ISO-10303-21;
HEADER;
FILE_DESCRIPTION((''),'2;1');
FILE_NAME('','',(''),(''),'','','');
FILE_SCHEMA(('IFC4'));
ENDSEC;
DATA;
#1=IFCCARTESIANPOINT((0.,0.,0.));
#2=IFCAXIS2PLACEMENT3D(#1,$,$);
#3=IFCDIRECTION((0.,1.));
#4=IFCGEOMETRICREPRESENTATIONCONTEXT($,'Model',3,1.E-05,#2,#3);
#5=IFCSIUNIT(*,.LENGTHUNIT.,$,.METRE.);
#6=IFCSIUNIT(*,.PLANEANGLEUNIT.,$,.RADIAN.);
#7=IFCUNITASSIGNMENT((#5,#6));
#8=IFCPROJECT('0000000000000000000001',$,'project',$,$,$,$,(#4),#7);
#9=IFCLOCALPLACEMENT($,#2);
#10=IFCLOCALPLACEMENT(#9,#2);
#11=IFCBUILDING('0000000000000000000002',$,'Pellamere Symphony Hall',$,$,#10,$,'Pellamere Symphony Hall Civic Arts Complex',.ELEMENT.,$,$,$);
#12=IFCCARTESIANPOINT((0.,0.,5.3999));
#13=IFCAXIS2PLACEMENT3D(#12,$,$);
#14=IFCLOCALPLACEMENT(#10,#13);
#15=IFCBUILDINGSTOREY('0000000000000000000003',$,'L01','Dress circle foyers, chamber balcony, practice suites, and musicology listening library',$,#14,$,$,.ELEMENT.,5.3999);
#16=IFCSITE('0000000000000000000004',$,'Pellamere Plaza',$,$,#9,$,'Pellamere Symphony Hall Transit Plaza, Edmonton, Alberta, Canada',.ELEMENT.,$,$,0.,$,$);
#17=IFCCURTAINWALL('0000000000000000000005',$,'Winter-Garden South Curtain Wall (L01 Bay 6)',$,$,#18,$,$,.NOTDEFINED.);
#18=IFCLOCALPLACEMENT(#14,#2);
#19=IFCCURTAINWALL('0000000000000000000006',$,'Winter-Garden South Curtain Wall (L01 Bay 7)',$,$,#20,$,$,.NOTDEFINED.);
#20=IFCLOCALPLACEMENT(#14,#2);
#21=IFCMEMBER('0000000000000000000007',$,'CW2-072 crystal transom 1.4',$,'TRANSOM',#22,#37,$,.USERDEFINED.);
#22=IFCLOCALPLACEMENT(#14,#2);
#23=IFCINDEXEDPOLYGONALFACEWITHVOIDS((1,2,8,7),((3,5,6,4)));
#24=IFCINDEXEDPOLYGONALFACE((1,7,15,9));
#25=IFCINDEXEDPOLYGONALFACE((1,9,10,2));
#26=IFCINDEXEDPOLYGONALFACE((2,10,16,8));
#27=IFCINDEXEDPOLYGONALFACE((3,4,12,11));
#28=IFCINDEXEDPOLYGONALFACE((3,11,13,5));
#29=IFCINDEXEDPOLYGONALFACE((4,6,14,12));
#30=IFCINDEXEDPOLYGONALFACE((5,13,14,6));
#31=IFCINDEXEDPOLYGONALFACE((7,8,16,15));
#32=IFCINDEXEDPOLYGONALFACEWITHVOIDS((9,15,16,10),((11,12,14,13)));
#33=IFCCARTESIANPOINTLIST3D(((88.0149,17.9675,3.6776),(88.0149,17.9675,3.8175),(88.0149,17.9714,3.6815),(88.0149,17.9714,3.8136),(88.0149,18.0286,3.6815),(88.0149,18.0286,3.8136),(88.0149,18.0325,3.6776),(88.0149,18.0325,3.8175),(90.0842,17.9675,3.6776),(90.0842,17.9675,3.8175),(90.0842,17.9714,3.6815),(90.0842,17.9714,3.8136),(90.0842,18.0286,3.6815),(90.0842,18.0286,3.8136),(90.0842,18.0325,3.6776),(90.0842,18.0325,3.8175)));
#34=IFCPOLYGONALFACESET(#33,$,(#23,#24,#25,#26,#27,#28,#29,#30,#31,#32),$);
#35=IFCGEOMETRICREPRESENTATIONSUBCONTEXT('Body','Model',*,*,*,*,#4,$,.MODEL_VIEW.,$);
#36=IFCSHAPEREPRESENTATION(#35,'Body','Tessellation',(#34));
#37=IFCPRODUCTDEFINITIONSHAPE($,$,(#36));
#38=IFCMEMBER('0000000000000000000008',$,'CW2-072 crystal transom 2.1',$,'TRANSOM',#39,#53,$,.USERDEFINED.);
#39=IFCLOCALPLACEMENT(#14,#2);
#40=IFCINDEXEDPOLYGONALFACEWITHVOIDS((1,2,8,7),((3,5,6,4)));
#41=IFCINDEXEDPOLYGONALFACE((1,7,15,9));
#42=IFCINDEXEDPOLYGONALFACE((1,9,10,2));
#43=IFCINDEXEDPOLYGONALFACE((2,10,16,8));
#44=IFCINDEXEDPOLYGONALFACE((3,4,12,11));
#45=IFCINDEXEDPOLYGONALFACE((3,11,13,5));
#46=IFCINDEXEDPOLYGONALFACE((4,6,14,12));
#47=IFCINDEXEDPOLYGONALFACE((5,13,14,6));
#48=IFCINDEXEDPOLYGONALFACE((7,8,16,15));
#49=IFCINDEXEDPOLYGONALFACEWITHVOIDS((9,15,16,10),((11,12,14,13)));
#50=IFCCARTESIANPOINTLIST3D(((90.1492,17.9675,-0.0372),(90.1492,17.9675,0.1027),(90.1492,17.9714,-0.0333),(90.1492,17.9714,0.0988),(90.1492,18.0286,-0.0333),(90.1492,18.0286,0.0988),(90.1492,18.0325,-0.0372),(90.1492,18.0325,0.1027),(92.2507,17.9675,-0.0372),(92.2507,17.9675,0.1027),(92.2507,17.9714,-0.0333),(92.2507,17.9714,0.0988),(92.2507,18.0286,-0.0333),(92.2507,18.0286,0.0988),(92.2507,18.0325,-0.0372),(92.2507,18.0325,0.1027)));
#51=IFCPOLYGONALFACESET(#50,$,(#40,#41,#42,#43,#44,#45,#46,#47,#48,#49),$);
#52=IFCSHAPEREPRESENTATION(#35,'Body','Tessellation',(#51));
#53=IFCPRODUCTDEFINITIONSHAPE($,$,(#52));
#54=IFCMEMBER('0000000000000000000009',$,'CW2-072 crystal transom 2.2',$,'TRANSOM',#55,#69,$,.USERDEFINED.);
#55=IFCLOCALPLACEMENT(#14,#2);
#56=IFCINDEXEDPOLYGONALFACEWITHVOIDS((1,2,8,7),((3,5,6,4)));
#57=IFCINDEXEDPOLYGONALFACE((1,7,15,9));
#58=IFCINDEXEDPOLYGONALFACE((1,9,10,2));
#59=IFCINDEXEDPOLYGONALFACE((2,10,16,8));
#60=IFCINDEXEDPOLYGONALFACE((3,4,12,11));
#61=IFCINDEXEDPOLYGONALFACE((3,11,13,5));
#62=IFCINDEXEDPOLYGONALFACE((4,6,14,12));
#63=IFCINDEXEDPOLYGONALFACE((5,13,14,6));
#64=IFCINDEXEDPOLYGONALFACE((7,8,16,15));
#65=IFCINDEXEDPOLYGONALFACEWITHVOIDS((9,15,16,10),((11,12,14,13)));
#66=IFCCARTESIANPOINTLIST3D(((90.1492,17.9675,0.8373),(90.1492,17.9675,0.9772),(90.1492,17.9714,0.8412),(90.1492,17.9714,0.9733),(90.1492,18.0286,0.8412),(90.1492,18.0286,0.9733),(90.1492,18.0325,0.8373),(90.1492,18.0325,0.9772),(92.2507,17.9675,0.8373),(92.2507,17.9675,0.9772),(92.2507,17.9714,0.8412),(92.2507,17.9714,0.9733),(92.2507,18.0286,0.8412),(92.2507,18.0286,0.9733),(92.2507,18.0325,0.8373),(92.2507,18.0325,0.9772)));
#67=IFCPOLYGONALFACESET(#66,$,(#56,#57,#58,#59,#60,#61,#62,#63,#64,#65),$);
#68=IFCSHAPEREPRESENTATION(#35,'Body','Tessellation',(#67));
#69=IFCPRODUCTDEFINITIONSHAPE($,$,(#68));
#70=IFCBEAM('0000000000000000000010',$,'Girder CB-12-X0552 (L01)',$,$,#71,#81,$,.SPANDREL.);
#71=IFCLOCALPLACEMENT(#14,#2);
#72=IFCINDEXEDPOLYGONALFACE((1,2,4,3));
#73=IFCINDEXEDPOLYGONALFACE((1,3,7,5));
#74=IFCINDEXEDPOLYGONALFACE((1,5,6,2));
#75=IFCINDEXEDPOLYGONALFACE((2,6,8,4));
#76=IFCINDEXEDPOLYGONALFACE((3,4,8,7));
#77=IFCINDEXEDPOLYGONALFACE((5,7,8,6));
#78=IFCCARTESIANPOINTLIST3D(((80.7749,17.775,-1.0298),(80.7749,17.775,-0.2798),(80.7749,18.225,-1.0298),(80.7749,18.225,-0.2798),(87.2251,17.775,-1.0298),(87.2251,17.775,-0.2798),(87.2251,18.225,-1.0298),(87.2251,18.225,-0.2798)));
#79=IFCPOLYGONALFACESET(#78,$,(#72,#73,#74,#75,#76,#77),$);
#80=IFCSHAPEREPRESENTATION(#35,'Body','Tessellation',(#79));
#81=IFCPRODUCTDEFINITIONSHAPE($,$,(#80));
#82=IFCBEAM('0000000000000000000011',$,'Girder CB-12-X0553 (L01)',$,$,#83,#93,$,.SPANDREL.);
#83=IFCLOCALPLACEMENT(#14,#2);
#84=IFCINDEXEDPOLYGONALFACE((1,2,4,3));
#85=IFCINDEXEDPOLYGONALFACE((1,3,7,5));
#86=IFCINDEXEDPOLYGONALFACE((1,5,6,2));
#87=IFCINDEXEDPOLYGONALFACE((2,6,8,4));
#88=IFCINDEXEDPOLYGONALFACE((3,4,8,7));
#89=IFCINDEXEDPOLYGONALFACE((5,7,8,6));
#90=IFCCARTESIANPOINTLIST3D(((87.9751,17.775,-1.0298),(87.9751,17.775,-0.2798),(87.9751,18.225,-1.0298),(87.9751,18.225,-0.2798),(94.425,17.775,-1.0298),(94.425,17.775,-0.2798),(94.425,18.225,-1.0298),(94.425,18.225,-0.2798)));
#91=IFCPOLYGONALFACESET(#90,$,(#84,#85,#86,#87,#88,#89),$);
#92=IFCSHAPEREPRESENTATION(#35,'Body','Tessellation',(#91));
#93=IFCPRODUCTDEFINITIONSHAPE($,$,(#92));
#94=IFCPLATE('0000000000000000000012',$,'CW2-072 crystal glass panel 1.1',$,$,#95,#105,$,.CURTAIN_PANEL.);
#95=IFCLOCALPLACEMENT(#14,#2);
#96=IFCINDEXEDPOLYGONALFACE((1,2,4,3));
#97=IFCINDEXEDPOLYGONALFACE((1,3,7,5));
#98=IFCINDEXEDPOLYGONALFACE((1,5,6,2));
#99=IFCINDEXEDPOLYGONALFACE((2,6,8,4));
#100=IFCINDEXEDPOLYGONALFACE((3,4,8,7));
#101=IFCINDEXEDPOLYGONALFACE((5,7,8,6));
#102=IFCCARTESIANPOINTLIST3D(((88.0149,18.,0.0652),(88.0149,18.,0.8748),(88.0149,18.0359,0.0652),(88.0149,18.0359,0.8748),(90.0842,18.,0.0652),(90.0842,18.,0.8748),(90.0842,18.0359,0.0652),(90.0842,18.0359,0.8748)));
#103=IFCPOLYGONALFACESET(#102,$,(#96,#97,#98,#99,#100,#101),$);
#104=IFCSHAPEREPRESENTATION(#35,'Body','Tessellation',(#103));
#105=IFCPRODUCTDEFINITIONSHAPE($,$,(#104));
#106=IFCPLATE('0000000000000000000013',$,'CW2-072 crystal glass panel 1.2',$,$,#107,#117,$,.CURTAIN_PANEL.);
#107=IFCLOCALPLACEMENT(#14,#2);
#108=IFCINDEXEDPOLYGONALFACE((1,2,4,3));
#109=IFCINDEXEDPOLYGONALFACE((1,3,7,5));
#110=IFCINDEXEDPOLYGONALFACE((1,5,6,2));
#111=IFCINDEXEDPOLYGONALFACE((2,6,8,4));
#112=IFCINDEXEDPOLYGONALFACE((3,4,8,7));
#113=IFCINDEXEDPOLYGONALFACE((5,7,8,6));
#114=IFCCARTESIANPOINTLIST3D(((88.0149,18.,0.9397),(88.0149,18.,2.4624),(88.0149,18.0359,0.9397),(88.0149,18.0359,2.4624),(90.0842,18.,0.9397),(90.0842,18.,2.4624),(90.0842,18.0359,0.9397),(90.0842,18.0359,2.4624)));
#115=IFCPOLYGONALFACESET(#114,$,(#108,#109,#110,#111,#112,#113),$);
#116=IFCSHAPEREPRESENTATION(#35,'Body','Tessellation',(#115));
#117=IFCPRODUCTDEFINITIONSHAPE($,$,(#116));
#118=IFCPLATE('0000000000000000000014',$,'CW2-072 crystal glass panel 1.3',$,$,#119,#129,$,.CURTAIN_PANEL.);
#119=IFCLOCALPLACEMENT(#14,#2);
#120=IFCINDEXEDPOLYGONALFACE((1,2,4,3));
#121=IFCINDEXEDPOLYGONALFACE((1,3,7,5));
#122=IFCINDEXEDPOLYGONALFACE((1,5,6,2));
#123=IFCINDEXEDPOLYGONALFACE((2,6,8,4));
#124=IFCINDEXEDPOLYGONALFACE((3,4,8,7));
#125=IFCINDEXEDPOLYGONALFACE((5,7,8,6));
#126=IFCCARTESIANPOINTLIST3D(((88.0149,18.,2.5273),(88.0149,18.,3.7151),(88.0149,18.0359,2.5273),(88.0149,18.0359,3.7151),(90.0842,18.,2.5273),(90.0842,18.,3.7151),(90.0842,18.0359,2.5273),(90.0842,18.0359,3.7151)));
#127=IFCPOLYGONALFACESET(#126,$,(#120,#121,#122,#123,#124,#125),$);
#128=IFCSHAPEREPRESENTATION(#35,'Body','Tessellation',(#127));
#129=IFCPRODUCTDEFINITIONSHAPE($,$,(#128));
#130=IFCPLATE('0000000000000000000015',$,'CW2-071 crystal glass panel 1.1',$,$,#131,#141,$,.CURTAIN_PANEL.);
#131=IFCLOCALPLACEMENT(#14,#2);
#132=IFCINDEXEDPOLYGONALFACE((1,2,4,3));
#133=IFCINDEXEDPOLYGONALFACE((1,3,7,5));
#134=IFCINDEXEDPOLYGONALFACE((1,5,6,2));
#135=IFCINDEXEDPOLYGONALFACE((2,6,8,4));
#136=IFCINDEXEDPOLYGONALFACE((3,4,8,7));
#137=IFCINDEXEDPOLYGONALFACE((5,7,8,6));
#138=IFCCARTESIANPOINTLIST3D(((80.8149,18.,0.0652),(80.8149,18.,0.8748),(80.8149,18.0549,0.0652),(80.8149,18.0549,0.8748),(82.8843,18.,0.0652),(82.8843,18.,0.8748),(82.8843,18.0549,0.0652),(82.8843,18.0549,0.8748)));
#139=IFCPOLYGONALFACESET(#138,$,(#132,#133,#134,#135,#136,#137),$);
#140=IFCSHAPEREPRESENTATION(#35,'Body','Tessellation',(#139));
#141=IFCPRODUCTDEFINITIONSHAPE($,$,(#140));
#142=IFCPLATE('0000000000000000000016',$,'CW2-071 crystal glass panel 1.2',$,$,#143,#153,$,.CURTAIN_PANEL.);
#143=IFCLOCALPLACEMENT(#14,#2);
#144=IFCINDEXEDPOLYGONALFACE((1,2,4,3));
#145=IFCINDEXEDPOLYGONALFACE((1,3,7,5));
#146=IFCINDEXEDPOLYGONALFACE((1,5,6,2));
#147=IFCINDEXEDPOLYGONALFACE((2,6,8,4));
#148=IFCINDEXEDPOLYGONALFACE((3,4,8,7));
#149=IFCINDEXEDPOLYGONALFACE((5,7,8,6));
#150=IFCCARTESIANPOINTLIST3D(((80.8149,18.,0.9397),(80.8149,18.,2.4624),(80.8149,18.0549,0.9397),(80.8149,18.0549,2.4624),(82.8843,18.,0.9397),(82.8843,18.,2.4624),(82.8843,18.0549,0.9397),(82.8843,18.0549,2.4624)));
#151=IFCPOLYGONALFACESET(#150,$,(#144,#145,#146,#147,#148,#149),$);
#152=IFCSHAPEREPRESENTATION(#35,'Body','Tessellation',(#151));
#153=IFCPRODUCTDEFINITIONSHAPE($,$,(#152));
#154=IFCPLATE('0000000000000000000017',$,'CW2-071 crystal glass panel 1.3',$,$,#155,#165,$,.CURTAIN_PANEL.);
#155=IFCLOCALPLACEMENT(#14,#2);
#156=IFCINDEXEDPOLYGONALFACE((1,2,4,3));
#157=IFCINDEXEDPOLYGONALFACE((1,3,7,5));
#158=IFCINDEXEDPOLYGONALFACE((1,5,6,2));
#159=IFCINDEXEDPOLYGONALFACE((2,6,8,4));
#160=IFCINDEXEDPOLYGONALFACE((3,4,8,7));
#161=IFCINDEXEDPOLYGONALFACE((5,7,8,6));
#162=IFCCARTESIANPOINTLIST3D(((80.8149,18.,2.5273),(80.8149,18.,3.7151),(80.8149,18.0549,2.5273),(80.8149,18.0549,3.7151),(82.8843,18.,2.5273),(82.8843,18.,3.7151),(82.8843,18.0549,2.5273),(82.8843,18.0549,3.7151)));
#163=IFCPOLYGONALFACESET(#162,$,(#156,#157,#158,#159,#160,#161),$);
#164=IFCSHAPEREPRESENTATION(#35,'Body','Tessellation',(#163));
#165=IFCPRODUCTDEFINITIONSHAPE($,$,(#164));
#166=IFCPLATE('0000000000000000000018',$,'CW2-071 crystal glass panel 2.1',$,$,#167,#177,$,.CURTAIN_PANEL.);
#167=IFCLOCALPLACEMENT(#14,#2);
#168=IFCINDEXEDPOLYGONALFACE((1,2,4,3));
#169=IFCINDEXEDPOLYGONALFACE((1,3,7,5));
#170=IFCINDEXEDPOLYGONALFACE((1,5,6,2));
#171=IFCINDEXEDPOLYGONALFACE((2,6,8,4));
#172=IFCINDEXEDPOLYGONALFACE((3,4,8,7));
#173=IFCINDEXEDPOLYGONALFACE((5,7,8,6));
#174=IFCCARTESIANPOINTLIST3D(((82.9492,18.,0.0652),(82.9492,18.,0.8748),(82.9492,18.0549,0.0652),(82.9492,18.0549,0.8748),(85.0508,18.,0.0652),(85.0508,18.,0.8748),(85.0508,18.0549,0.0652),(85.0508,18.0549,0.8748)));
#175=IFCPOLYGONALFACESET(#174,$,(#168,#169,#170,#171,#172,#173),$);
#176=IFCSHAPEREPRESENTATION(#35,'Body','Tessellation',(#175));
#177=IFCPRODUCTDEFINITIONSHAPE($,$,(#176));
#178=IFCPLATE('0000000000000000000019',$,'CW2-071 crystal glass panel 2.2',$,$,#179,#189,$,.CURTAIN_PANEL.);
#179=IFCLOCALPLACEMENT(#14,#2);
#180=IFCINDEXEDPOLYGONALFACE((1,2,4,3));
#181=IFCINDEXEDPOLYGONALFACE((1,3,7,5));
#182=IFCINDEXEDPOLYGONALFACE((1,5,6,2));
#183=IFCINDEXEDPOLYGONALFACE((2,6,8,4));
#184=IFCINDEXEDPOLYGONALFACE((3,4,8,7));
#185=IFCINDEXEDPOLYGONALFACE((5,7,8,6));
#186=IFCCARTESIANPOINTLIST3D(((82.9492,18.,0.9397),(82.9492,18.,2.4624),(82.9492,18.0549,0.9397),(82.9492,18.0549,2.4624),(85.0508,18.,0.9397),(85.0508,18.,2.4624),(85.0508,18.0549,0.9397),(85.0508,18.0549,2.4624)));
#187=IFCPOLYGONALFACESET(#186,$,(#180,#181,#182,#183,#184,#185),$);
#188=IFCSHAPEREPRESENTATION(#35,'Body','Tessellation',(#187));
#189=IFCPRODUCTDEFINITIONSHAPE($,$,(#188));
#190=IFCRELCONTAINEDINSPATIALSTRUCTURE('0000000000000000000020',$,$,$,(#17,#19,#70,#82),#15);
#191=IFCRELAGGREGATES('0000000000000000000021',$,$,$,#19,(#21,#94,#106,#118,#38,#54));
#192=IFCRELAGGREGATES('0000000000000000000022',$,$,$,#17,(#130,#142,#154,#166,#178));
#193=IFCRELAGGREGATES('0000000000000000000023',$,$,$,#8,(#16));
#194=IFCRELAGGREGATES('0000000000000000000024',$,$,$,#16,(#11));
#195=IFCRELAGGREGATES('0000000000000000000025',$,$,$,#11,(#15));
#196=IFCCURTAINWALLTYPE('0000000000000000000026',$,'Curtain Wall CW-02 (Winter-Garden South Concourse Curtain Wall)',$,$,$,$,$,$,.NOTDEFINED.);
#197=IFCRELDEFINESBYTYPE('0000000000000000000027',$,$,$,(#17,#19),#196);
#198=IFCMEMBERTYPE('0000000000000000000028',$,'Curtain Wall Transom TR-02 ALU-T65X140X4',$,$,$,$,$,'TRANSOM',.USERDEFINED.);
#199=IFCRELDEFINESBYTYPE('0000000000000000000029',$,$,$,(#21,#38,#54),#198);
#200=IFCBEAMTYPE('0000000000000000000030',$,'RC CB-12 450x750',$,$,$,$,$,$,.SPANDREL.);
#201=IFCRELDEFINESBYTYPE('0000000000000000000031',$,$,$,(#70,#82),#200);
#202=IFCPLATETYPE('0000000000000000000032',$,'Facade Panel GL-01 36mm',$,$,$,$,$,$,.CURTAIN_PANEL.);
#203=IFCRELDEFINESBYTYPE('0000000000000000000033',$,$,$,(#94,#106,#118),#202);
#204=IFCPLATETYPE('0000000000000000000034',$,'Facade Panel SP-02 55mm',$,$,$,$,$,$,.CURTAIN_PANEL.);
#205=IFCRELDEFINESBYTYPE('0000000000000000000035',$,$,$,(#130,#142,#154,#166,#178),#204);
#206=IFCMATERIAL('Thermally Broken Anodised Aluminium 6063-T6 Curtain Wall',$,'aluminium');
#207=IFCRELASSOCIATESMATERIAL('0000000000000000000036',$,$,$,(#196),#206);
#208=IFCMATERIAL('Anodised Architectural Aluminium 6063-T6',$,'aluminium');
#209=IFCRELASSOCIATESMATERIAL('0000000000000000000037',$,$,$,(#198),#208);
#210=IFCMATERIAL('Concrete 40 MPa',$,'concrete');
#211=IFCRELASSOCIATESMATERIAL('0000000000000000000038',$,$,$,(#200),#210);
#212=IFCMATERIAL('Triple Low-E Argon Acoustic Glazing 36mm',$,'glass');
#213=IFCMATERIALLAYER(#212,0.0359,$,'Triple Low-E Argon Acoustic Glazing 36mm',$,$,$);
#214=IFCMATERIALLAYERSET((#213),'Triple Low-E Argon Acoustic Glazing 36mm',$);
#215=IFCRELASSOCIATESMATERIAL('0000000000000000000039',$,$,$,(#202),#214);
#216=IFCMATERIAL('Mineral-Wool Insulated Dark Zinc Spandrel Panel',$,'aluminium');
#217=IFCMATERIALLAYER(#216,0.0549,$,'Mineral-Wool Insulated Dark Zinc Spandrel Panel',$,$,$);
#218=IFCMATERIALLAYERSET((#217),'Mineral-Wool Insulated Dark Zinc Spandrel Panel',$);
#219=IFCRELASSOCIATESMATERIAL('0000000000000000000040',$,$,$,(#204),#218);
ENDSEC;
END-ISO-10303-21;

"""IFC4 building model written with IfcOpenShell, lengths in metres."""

from ifc_helpers import new_model, si_unit, direction, frame, origin, origin_2d, place, context, subcontext, project, spatial, polyline, rectangle, hollow_rectangle, outline, extrude, material, layer, layer_set, material_profile, profile_set, type_object, element, aggregate, save


model = new_model("IFC4")

# Units and contexts
model_context = context("Model", 3, precision=1e-05, world=origin(), true_north=direction((0.0, 1.0)))
body_context = subcontext(model_context, "Body", "Model", "MODEL_VIEW")
ifc_project = project(units=[si_unit("LENGTHUNIT", "METRE"), si_unit("PLANEANGLEUNIT", "RADIAN")], contexts=[model_context])

# Site, building, storey
site_placement = place(None, origin())
site = spatial("IfcSite", under=ifc_project, at=site_placement, Name="Pellamere Plaza", LongName="Pellamere Symphony Hall Transit Plaza, Edmonton, Alberta, Canada", CompositionType="ELEMENT", RefElevation=0.0)
building_placement = place(site_placement, origin())
building = spatial("IfcBuilding", under=site, at=building_placement, Name="Pellamere Symphony Hall", LongName="Pellamere Symphony Hall Civic Arts Complex", CompositionType="ELEMENT")
storey_placement = place(building_placement, frame((0.0, 0.0, 5.3999)))
storey = spatial("IfcBuildingStorey", under=building, at=storey_placement, Name="L01", Description="Dress circle foyers, chamber balcony, practice suites, and musicology listening library", CompositionType="ELEMENT", Elevation=5.3999)

# Shared definitions
ifc_material_1 = material(Name="Concrete 40 MPa", Category="concrete")

# Curtain walls
ifc_material_2 = material(Name="Thermally Broken Anodised Aluminium 6063-T6 Curtain Wall", Category="aluminium")
curtain_wall_type = type_object("IfcCurtainWallType", Name="Curtain Wall CW-02 (Winter-Garden South Concourse Curtain Wall)", PredefinedType="NOTDEFINED", material=ifc_material_2)
curtain_wall_1_placement = place(storey_placement, origin())
curtain_wall_1 = element("IfcCurtainWall", 1, at=curtain_wall_1_placement, inside=storey, type_object=curtain_wall_type, Name="Winter-Garden South Curtain Wall (L01 Bay 6)", PredefinedType="NOTDEFINED")
ifc_material_3 = material(Name="Anodised Architectural Aluminium 6063-T6", Category="aluminium")
curtain_wall_2_placement = place(storey_placement, origin())
curtain_wall_2 = element("IfcCurtainWall", 2, at=curtain_wall_2_placement, inside=storey, type_object=curtain_wall_type, Name="Winter-Garden South Curtain Wall (L01 Bay 7)", PredefinedType="NOTDEFINED")

# Members
ifc_material_profile_1 = material_profile(ifc_material_3, hollow_rectangle(XDim=0.0649, YDim=0.1399, WallThickness=0.0039, at=origin_2d()), Name="ALU-T65X140X4")
ifc_profile_set_1 = profile_set([ifc_material_profile_1], Name="Anodised Architectural Aluminium 6063-T6")
member_type_1 = type_object("IfcMemberType", Name="Curtain Wall Transom TR-02 ALU-T65X140X4", ElementType="TRANSOM", PredefinedType="USERDEFINED", material=ifc_profile_set_1)
member_1_placement = place(storey_placement, frame((88.0149, 18.0, 3.7476), z_axis=(1.0, 0.0, 0.0), x_axis=(0.0, 1.0, 0.0)))
member_1 = element("IfcMember", 3, at=member_1_placement, type_object=member_type_1, Name="CW2-072 crystal transom 1.4", ObjectType="TRANSOM", PredefinedType="USERDEFINED", context=body_context, shape_type="SweptSolid", body=[
    extrude(hollow_rectangle(XDim=0.0649, YDim=0.1399, WallThickness=0.0039, at=origin_2d()), origin(), (0.0, 0.0, 1.0), 2.0693),
])
member_2_placement = place(storey_placement, frame((90.1492, 18.0, 0.0327), z_axis=(1.0, 0.0, 0.0), x_axis=(0.0, 1.0, 0.0)))
member_2 = element("IfcMember", 4, at=member_2_placement, type_object=member_type_1, Name="CW2-072 crystal transom 2.1", ObjectType="TRANSOM", PredefinedType="USERDEFINED", context=body_context, shape_type="SweptSolid", body=[
    extrude(hollow_rectangle(XDim=0.0649, YDim=0.1399, WallThickness=0.0039, at=origin_2d()), origin(), (0.0, 0.0, 1.0), 2.1016),
])
member_3_placement = place(storey_placement, frame((90.1492, 18.0, 0.9072), z_axis=(1.0, 0.0, 0.0), x_axis=(0.0, 1.0, 0.0)))
member_3 = element("IfcMember", 5, at=member_3_placement, type_object=member_type_1, Name="CW2-072 crystal transom 2.2", ObjectType="TRANSOM", PredefinedType="USERDEFINED", context=body_context, shape_type="SweptSolid", body=[
    extrude(hollow_rectangle(XDim=0.0649, YDim=0.1399, WallThickness=0.0039, at=origin_2d()), origin(), (0.0, 0.0, 1.0), 2.1016),
])

# Beams
ifc_material_profile_2 = material_profile(ifc_material_1, rectangle(XDim=0.45, YDim=0.75, at=origin_2d()), Name="RC 450x750")
ifc_profile_set_2 = profile_set([ifc_material_profile_2], Name="Concrete 40 MPa")
beam_type = type_object("IfcBeamType", Name="RC CB-12 450x750", PredefinedType="SPANDREL", material=ifc_profile_set_2)
beam_1_placement = place(storey_placement, frame((80.7749, 18.0, -0.6548), z_axis=(1.0, 0.0, 0.0), x_axis=(0.0, 1.0, 0.0)))
element("IfcBeam", 6, at=beam_1_placement, inside=storey, type_object=beam_type, Name="Girder CB-12-X0552 (L01)", PredefinedType="SPANDREL", context=body_context, shape_type="SweptSolid", body=[
    extrude(rectangle(XDim=0.45, YDim=0.75, at=origin_2d()), origin(), (0.0, 0.0, 1.0), 6.4502),
])
beam_2_placement = place(storey_placement, frame((87.9751, 18.0, -0.6548), z_axis=(1.0, 0.0, 0.0), x_axis=(0.0, 1.0, 0.0)))
element("IfcBeam", 7, at=beam_2_placement, inside=storey, type_object=beam_type, Name="Girder CB-12-X0553 (L01)", PredefinedType="SPANDREL", context=body_context, shape_type="SweptSolid", body=[
    extrude(rectangle(XDim=0.45, YDim=0.75, at=origin_2d()), origin(), (0.0, 0.0, 1.0), 6.45),
])

# Plates
ifc_material_4 = material(Name="Triple Low-E Argon Acoustic Glazing 36mm", Category="glass")
ifc_layer_1 = layer(ifc_material_4, 0.0359, Name="Triple Low-E Argon Acoustic Glazing 36mm")
ifc_layer_set_1 = layer_set([ifc_layer_1], Name="Triple Low-E Argon Acoustic Glazing 36mm")
plate_type_1 = type_object("IfcPlateType", Name="Facade Panel GL-01 36mm", PredefinedType="CURTAIN_PANEL", material=ifc_layer_set_1)
plate_1_placement = place(storey_placement, frame((88.0149, 18.0, 0.0652), z_axis=(0.0, -1.0, 0.0), x_axis=(1.0, 0.0, 0.0)))
plate_1 = element("IfcPlate", 8, at=plate_1_placement, type_object=plate_type_1, Name="CW2-072 crystal glass panel 1.1", PredefinedType="CURTAIN_PANEL", context=body_context, shape_type="SweptSolid", body=[
    extrude(outline(polyline([(0.0, 0.0), (2.0693, 0.0), (2.0693, 0.8096), (0.0, 0.8096), (0.0, 0.0)])), origin(), (0.0, 0.0, -1.0), 0.0359),
])
plate_2_placement = place(storey_placement, frame((88.0149, 18.0, 0.9397), z_axis=(0.0, -1.0, 0.0), x_axis=(1.0, 0.0, 0.0)))
plate_2 = element("IfcPlate", 9, at=plate_2_placement, type_object=plate_type_1, Name="CW2-072 crystal glass panel 1.2", PredefinedType="CURTAIN_PANEL", context=body_context, shape_type="SweptSolid", body=[
    extrude(outline(polyline([(0.0, 0.0), (2.0693, 0.0), (2.0693, 1.5227), (0.0, 1.5227), (0.0, 0.0)])), origin(), (0.0, 0.0, -1.0), 0.0359),
])
plate_3_placement = place(storey_placement, frame((88.0149, 18.0, 2.5273), z_axis=(0.0, -1.0, 0.0), x_axis=(1.0, 0.0, 0.0)))
plate_3 = element("IfcPlate", 10, at=plate_3_placement, type_object=plate_type_1, Name="CW2-072 crystal glass panel 1.3", PredefinedType="CURTAIN_PANEL", context=body_context, shape_type="SweptSolid", body=[
    extrude(outline(polyline([(0.0, 0.0), (2.0693, 0.0), (2.0693, 1.1877), (0.0, 1.1877), (0.0, 0.0)])), origin(), (0.0, 0.0, -1.0), 0.0359),
])
aggregate(curtain_wall_2, [member_1, plate_1, plate_2, plate_3, member_2, member_3])
ifc_material_5 = material(Name="Mineral-Wool Insulated Dark Zinc Spandrel Panel", Category="aluminium")
ifc_layer_2 = layer(ifc_material_5, 0.0549, Name="Mineral-Wool Insulated Dark Zinc Spandrel Panel")
ifc_layer_set_2 = layer_set([ifc_layer_2], Name="Mineral-Wool Insulated Dark Zinc Spandrel Panel")
plate_type_2 = type_object("IfcPlateType", Name="Facade Panel SP-02 55mm", PredefinedType="CURTAIN_PANEL", material=ifc_layer_set_2)
plate_4_placement = place(storey_placement, frame((80.8149, 18.0, 0.0652), z_axis=(0.0, -1.0, 0.0), x_axis=(1.0, 0.0, 0.0)))
plate_4 = element("IfcPlate", 11, at=plate_4_placement, type_object=plate_type_2, Name="CW2-071 crystal glass panel 1.1", PredefinedType="CURTAIN_PANEL", context=body_context, shape_type="SweptSolid", body=[
    extrude(outline(polyline([(0.0, 0.0), (2.0693, 0.0), (2.0693, 0.8096), (0.0, 0.8096), (0.0, 0.0)])), origin(), (0.0, 0.0, -1.0), 0.0549),
])
plate_5_placement = place(storey_placement, frame((80.8149, 18.0, 0.9397), z_axis=(0.0, -1.0, 0.0), x_axis=(1.0, 0.0, 0.0)))
plate_5 = element("IfcPlate", 12, at=plate_5_placement, type_object=plate_type_2, Name="CW2-071 crystal glass panel 1.2", PredefinedType="CURTAIN_PANEL", context=body_context, shape_type="SweptSolid", body=[
    extrude(outline(polyline([(0.0, 0.0), (2.0693, 0.0), (2.0693, 1.5227), (0.0, 1.5227), (0.0, 0.0)])), origin(), (0.0, 0.0, -1.0), 0.0549),
])
plate_6_placement = place(storey_placement, frame((80.8149, 18.0, 2.5273), z_axis=(0.0, -1.0, 0.0), x_axis=(1.0, 0.0, 0.0)))
plate_6 = element("IfcPlate", 13, at=plate_6_placement, type_object=plate_type_2, Name="CW2-071 crystal glass panel 1.3", PredefinedType="CURTAIN_PANEL", context=body_context, shape_type="SweptSolid", body=[
    extrude(outline(polyline([(0.0, 0.0), (2.0693, 0.0), (2.0693, 1.1877), (0.0, 1.1877), (0.0, 0.0)])), origin(), (0.0, 0.0, -1.0), 0.0549),
])
plate_7_placement = place(storey_placement, frame((82.9492, 18.0, 0.0652), z_axis=(0.0, -1.0, 0.0), x_axis=(1.0, 0.0, 0.0)))
plate_7 = element("IfcPlate", 14, at=plate_7_placement, type_object=plate_type_2, Name="CW2-071 crystal glass panel 2.1", PredefinedType="CURTAIN_PANEL", context=body_context, shape_type="SweptSolid", body=[
    extrude(outline(polyline([(0.0, 0.0), (2.1016, 0.0), (2.1016, 0.8096), (0.0, 0.8096), (0.0, 0.0)])), origin(), (0.0, 0.0, -1.0), 0.0549),
])
plate_8_placement = place(storey_placement, frame((82.9492, 18.0, 0.9397), z_axis=(0.0, -1.0, 0.0), x_axis=(1.0, 0.0, 0.0)))
plate_8 = element("IfcPlate", 15, at=plate_8_placement, type_object=plate_type_2, Name="CW2-071 crystal glass panel 2.2", PredefinedType="CURTAIN_PANEL", context=body_context, shape_type="SweptSolid", body=[
    extrude(outline(polyline([(0.0, 0.0), (2.1016, 0.0), (2.1016, 1.5227), (0.0, 1.5227), (0.0, 0.0)])), origin(), (0.0, 0.0, -1.0), 0.0549),
])
aggregate(curtain_wall_1, [plate_4, plate_5, plate_6, plate_7, plate_8])

save(model, "model.ifc")
